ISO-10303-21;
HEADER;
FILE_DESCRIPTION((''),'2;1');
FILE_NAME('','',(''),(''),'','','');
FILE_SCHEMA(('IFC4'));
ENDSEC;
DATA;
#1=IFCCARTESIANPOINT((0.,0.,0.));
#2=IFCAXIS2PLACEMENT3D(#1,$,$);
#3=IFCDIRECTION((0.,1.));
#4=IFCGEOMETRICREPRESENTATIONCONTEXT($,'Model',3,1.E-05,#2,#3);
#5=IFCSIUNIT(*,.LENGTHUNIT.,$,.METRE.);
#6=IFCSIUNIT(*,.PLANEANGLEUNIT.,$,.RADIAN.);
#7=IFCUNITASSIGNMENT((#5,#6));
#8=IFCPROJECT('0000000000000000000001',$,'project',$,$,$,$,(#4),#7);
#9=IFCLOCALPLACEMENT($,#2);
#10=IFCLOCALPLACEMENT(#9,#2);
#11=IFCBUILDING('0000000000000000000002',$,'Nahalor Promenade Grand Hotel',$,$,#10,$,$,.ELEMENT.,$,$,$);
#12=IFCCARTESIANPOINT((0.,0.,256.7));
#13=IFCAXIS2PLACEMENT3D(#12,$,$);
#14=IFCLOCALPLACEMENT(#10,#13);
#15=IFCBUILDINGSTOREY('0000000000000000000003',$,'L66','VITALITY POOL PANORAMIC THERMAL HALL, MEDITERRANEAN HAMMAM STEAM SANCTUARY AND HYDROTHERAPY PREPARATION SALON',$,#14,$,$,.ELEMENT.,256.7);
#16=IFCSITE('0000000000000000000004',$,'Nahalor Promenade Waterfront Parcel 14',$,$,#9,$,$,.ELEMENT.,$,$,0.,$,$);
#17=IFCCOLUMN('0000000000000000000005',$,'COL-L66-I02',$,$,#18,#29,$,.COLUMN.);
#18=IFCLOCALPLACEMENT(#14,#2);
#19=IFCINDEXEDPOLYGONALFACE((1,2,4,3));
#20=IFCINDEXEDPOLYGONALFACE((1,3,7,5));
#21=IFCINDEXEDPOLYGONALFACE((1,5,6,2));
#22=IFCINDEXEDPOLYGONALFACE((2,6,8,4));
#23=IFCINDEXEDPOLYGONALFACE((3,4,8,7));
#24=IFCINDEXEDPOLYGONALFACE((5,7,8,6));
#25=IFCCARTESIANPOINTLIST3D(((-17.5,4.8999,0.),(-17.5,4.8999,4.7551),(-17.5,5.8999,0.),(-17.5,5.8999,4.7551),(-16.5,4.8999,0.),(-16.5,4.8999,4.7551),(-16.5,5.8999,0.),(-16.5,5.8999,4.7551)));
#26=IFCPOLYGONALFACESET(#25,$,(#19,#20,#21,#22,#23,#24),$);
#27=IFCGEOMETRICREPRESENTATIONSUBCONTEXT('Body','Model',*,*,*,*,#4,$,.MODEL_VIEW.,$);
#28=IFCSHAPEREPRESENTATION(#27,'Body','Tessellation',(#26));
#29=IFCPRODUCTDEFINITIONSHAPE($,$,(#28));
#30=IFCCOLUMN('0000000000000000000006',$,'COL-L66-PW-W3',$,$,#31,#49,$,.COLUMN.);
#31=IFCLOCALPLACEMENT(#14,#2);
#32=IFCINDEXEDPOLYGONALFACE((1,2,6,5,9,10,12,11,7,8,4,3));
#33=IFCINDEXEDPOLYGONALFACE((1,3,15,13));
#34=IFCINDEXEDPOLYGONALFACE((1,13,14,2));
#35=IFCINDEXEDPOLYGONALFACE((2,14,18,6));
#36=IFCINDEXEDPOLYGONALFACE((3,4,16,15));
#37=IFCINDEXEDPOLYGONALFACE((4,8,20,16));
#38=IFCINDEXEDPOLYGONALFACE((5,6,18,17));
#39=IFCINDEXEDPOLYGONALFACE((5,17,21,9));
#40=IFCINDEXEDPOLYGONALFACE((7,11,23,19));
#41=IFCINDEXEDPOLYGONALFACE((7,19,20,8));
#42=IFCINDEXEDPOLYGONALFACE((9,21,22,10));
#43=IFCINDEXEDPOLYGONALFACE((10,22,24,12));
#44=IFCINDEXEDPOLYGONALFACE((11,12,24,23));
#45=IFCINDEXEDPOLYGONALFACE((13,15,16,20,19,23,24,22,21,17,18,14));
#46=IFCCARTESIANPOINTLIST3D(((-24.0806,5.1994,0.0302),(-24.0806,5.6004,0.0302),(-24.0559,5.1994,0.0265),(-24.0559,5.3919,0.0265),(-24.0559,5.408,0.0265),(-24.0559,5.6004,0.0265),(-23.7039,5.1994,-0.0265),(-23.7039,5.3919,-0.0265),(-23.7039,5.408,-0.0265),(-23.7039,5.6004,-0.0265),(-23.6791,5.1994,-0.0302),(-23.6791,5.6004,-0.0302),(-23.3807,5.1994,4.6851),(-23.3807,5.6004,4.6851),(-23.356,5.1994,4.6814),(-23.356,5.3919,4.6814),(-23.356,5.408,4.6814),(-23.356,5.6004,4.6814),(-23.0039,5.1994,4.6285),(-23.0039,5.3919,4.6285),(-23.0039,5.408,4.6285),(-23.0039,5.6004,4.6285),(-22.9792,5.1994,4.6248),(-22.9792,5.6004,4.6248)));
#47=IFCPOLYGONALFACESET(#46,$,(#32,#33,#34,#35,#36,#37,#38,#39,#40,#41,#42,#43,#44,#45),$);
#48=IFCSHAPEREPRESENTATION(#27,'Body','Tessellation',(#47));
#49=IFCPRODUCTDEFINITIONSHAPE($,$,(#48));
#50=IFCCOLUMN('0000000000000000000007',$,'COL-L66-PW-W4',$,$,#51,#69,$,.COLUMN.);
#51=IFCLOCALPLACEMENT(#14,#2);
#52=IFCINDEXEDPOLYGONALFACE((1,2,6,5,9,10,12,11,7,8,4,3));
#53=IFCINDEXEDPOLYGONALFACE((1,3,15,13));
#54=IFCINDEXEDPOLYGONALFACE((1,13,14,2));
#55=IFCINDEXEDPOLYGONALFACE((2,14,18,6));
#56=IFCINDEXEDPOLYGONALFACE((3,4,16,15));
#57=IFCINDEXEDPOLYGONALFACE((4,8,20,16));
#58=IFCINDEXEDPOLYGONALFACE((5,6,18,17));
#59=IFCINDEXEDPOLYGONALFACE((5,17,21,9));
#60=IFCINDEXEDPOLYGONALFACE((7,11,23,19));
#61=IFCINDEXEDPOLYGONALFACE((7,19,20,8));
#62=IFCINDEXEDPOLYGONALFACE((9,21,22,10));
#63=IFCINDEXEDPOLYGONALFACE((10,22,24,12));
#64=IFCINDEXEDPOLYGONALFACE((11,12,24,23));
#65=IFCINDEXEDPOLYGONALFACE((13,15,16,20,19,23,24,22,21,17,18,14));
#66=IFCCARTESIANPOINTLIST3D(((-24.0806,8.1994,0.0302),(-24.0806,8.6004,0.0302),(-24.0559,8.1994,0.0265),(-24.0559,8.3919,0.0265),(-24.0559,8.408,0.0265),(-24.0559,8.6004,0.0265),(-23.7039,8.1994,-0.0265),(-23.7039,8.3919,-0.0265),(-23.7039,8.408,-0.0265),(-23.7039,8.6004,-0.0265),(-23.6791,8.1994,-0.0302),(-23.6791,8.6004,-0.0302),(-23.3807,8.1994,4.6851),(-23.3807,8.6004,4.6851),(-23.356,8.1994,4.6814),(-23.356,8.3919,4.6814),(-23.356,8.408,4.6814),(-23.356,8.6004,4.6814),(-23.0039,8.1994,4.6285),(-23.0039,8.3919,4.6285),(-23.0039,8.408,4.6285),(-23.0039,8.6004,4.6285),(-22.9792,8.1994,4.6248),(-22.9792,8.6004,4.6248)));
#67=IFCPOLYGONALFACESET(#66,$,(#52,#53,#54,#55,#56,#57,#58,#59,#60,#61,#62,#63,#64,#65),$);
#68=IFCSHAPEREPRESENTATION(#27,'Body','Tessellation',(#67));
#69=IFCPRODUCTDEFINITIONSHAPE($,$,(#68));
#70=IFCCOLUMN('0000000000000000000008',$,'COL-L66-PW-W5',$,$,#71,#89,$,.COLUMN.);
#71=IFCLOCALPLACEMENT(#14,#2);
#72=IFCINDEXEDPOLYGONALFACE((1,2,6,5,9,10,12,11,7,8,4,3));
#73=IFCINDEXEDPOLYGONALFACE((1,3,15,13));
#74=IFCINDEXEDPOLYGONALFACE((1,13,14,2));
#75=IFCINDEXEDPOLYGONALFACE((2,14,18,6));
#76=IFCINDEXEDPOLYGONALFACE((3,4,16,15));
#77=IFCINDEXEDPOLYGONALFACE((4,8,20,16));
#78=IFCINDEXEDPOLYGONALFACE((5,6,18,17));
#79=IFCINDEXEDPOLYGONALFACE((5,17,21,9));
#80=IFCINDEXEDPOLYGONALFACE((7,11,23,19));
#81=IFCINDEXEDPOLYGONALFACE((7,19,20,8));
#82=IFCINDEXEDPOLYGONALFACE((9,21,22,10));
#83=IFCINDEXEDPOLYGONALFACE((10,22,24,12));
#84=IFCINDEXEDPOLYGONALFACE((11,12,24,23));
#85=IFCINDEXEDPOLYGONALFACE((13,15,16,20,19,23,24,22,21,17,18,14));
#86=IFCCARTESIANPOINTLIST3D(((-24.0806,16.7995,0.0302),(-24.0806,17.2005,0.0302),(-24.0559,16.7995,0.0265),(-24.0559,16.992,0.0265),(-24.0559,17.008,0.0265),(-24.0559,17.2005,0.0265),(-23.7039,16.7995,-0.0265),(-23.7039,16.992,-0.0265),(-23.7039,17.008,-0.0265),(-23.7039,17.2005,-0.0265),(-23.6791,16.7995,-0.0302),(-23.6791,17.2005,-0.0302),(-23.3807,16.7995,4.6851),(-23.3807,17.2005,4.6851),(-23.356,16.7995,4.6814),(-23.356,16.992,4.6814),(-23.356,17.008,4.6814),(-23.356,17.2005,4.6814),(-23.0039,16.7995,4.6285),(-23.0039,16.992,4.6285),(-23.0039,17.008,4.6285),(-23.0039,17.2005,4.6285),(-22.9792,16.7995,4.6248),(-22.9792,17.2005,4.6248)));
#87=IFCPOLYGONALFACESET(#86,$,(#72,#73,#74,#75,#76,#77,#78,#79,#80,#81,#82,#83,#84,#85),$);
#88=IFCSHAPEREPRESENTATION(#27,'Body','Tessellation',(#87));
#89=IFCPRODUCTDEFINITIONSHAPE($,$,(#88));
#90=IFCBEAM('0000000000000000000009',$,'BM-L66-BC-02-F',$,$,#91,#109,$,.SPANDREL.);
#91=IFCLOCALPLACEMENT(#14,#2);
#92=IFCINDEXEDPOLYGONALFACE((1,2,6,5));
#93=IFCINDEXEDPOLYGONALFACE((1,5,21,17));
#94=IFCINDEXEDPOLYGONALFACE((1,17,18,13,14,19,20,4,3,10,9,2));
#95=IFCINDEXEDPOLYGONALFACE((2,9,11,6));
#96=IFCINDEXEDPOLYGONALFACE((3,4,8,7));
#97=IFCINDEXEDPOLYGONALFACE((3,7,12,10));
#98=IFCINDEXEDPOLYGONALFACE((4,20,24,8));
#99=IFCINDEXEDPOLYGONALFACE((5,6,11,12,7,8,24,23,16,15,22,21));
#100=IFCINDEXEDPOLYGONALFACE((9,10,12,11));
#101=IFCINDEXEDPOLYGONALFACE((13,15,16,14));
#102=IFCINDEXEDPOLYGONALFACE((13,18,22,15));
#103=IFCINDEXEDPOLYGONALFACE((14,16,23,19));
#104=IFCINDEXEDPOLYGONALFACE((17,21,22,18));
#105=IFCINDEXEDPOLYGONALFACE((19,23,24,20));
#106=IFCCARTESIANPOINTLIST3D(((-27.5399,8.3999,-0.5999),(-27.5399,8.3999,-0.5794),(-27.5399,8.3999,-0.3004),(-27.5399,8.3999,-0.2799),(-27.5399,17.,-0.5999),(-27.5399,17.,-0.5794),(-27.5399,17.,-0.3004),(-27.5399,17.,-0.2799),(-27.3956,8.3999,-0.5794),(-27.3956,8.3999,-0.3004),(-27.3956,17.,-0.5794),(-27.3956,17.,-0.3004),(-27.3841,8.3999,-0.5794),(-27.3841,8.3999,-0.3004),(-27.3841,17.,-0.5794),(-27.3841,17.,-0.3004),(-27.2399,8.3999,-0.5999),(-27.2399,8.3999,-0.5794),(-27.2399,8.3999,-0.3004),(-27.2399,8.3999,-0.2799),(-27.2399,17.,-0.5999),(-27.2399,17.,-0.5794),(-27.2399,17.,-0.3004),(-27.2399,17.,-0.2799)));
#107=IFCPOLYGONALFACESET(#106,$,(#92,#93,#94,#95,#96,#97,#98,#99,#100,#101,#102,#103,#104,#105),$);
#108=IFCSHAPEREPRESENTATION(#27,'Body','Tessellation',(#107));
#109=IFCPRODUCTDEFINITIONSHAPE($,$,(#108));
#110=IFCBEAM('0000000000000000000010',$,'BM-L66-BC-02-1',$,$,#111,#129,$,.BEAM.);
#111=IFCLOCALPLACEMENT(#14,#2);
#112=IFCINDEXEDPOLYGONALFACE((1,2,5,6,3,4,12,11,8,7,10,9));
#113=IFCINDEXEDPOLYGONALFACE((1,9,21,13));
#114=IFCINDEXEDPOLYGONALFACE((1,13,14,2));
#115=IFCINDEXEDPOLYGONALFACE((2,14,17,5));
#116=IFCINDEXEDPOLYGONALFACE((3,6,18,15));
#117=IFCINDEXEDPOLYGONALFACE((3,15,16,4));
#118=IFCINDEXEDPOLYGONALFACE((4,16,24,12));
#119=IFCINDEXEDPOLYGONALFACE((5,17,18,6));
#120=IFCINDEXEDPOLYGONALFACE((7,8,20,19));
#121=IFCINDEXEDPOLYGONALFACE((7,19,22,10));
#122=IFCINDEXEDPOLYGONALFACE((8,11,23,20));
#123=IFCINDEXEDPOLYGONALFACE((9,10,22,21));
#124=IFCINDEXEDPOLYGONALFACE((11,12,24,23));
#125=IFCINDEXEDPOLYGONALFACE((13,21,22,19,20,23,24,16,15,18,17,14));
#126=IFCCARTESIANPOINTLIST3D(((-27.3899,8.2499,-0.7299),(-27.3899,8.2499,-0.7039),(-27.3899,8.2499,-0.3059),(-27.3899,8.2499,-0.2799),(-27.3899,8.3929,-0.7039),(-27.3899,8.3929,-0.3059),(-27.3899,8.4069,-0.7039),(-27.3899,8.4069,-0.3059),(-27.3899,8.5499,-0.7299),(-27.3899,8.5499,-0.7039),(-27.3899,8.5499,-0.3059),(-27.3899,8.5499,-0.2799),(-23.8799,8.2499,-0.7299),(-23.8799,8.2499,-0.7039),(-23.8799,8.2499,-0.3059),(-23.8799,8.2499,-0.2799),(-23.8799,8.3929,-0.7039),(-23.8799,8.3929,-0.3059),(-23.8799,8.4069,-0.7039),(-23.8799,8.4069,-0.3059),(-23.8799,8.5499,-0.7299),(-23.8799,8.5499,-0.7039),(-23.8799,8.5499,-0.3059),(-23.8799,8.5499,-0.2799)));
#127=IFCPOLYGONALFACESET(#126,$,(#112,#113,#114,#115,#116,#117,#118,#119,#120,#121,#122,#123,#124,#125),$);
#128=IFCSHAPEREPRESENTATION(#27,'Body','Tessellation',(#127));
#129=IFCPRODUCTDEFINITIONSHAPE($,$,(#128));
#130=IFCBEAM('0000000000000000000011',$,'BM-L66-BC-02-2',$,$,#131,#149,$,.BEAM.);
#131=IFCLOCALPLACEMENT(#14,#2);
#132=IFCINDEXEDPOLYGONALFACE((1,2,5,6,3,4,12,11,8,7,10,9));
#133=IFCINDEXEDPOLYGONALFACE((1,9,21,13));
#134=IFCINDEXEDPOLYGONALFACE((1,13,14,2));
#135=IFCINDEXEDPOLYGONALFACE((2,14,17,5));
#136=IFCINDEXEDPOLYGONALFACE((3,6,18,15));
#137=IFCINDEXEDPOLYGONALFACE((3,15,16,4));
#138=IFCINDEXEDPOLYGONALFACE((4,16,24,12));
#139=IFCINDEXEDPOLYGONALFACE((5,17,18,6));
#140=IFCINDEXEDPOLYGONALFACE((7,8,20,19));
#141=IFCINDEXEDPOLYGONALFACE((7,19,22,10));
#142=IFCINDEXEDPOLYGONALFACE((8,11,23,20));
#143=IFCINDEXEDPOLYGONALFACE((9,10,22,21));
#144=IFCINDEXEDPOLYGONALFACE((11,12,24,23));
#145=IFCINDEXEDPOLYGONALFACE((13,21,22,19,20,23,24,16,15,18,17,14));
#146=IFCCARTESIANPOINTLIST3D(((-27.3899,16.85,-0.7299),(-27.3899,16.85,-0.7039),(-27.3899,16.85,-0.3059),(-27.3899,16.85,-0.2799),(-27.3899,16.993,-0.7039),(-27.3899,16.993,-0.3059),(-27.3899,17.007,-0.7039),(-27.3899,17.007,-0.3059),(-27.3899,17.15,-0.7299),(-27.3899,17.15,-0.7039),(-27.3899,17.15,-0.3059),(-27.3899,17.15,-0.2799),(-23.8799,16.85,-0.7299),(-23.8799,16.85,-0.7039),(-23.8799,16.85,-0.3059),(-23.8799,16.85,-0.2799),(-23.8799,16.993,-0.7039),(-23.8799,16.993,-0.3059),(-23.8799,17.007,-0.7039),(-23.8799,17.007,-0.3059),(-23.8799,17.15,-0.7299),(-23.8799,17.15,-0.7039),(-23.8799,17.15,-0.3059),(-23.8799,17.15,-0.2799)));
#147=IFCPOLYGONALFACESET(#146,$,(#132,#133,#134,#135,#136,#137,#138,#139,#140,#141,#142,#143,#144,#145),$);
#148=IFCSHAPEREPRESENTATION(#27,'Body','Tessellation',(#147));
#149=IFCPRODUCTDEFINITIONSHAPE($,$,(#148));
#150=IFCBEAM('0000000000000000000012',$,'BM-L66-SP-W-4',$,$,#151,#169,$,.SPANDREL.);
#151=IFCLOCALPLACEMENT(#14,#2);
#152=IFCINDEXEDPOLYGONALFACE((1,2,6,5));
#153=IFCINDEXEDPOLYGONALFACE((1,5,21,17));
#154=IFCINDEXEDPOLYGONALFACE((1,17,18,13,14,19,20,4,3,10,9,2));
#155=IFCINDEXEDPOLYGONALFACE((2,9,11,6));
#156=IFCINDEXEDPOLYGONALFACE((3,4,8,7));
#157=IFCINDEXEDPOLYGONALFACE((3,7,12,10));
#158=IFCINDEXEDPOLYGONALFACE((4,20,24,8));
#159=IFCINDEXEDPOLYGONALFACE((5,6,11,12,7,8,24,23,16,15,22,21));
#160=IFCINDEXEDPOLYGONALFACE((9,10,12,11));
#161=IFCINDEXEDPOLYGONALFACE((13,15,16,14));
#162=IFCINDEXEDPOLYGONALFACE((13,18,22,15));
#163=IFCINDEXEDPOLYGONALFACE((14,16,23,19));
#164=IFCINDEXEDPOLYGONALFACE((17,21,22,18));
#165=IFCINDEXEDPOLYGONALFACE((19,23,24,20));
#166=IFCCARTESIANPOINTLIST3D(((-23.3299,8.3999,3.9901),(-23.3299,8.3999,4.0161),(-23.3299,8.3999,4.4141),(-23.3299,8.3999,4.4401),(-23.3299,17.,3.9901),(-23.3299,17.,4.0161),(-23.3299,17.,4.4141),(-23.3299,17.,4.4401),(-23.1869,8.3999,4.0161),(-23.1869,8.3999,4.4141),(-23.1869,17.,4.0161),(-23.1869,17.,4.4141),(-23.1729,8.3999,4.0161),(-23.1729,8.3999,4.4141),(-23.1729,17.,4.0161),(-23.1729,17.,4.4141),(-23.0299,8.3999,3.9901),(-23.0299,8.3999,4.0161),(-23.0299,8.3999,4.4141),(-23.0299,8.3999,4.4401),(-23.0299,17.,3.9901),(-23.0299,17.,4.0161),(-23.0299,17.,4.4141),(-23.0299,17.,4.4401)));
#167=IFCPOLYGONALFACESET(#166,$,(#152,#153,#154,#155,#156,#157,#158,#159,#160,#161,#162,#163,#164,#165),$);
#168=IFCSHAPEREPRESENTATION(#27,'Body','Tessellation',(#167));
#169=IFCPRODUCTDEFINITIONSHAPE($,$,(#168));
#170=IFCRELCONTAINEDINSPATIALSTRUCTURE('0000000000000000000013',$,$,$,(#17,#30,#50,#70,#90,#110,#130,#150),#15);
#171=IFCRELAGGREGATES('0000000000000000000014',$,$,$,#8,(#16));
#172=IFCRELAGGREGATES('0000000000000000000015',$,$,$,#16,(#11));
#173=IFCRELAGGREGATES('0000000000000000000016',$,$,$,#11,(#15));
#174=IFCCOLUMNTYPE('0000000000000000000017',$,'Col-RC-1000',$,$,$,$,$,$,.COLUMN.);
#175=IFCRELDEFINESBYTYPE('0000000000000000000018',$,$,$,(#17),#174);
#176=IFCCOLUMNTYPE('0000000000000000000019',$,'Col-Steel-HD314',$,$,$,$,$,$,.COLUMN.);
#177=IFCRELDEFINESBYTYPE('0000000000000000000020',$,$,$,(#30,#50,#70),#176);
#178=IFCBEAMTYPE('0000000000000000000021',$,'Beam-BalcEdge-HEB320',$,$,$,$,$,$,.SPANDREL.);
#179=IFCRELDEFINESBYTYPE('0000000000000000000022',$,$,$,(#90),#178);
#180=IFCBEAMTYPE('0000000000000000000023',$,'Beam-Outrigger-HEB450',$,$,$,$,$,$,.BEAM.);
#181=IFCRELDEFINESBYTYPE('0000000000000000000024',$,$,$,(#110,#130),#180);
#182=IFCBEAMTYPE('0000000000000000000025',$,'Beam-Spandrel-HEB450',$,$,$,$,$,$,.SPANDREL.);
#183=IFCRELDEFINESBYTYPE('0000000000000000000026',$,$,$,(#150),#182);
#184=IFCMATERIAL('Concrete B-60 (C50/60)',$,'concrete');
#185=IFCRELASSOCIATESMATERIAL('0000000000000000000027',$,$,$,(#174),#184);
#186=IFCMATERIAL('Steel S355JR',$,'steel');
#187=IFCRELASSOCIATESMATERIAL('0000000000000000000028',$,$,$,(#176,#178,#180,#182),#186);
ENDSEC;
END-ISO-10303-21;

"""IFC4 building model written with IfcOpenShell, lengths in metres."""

from ifc_helpers import new_model, si_unit, direction, frame, origin, origin_2d, place, context, subcontext, project, spatial, rectangle, i_section, extrude, source, transform, mapped, material, material_profile, profile_set, type_object, element, save


model = new_model("IFC4")

# Units and contexts
model_context = context("Model", 3, precision=1e-05, world=origin(), true_north=direction((0.0, 1.0)))
body_context = subcontext(model_context, "Body", "Model", "MODEL_VIEW")
ifc_project = project(units=[si_unit("LENGTHUNIT", "METRE"), si_unit("PLANEANGLEUNIT", "RADIAN")], contexts=[model_context])

# Site, building, storey
site_placement = place(None, origin())
site = spatial("IfcSite", under=ifc_project, at=site_placement, Name="Nahalor Promenade Waterfront Parcel 14", CompositionType="ELEMENT", RefElevation=0.0)
building_placement = place(site_placement, origin())
building = spatial("IfcBuilding", under=site, at=building_placement, Name="Nahalor Promenade Grand Hotel", CompositionType="ELEMENT")
storey_placement = place(building_placement, frame((0.0, 0.0, 256.7)))
storey = spatial("IfcBuildingStorey", under=building, at=storey_placement, Name="L66", Description="VITALITY POOL PANORAMIC THERMAL HALL, MEDITERRANEAN HAMMAM STEAM SANCTUARY AND HYDROTHERAPY PREPARATION SALON", CompositionType="ELEMENT", Elevation=256.7)

# Columns
ifc_material_1 = material(Name="Concrete B-60 (C50/60)", Category="concrete")
ifc_material_profile_1 = material_profile(ifc_material_1, rectangle(XDim=1.0, YDim=1.0, at=origin_2d()), Name="RC 1000x1000")
ifc_profile_set_1 = profile_set([ifc_material_profile_1], Name="Concrete B-60 (C50/60)")
column_type_1 = type_object("IfcColumnType", Name="Col-RC-1000", PredefinedType="COLUMN", material=ifc_profile_set_1)
shared_shape_1 = source(origin(), body_context, "Body", "SweptSolid", [
    extrude(rectangle(XDim=1.0, YDim=1.0, at=origin_2d()), origin(), (0.0, 0.0, 1.0), 4.7551),
])
column_placement = place(storey_placement, frame((-17.0, 5.3999, 0.0), z_axis=(0.0, 0.0, 1.0), x_axis=(1.0, 0.0, 0.0)))
element("IfcColumn", 1, at=column_placement, inside=storey, type_object=column_type_1, Name="COL-L66-I02", PredefinedType="COLUMN", context=body_context, shape_type="MappedRepresentation", body=[
    mapped(shared_shape_1, transform((0.0, 0.0, 0.0), scale=1.0)),
])
ifc_material_2 = material(Name="Steel S355JR", Category="steel")
ifc_material_profile_2 = material_profile(ifc_material_2, i_section(OverallWidth=0.401, OverallDepth=0.406, WebThickness=0.0161, FlangeThickness=0.025, at=origin_2d()), Name="HD 400x314")
ifc_profile_set_2 = profile_set([ifc_material_profile_2], Name="Steel S355JR")
column_type_2 = type_object("IfcColumnType", Name="Col-Steel-HD314", PredefinedType="COLUMN", material=ifc_profile_set_2)
shared_shape_2 = source(origin(), body_context, "Body", "SweptSolid", [
    extrude(i_section(OverallWidth=0.401, OverallDepth=0.406, WebThickness=0.0161, FlangeThickness=0.025, at=origin_2d()), origin(), (0.0, 0.0, 1.0), 4.7073),
])
for number, where, z_axis, x_axis, name in (
    (2, (-23.8799, 5.3999, 0.0), (0.148693, 0.0, 0.988883), (0.0, 1.0, 0.0), "COL-L66-PW-W3"),
    (3, (-23.8799, 8.3999, 0.0), (0.148693, 0.0, 0.988883), (0.0, 1.0, 0.0), "COL-L66-PW-W4"),
    (4, (-23.8799, 17.0, 0.0), (0.148693, 0.0, 0.988883), (0.0, 1.0, 0.0), "COL-L66-PW-W5"),
):
    element("IfcColumn", number, at=place(storey_placement, frame(where, z_axis=z_axis, x_axis=x_axis)), inside=storey, type_object=column_type_2, Name=name, PredefinedType="COLUMN", context=body_context, shape_type="MappedRepresentation", body=[
        mapped(shared_shape_2, transform((0.0, 0.0, 0.0), scale=1.0)),
    ])

# Beams
ifc_material_profile_3 = material_profile(ifc_material_2, i_section(OverallWidth=0.3, OverallDepth=0.32, WebThickness=0.0115, FlangeThickness=0.0205, at=origin_2d()), Name="HEB 320")
ifc_profile_set_3 = profile_set([ifc_material_profile_3], Name="Steel S355JR")
beam_type_1 = type_object("IfcBeamType", Name="Beam-BalcEdge-HEB320", PredefinedType="SPANDREL", material=ifc_profile_set_3)
shared_shape_3 = source(origin(), body_context, "Body", "SweptSolid", [
    extrude(i_section(OverallWidth=0.3, OverallDepth=0.32, WebThickness=0.0115, FlangeThickness=0.0205, at=origin_2d()), origin(), (0.0, 0.0, 1.0), 8.6001),
])
beam_1_placement = place(storey_placement, frame((-27.3899, 8.3999, -0.4399), z_axis=(0.0, 1.0, 0.0), x_axis=(-1.0, 0.0, 0.0)))
element("IfcBeam", 5, at=beam_1_placement, inside=storey, type_object=beam_type_1, Name="BM-L66-BC-02-F", PredefinedType="SPANDREL", context=body_context, shape_type="MappedRepresentation", body=[
    mapped(shared_shape_3, transform((0.0, 0.0, 0.0), scale=1.0)),
])
ifc_material_profile_4 = material_profile(ifc_material_2, i_section(OverallWidth=0.3, OverallDepth=0.45, WebThickness=0.014, FlangeThickness=0.026, at=origin_2d()), Name="HEB 450")
ifc_profile_set_4 = profile_set([ifc_material_profile_4], Name="Steel S355JR")
beam_type_2 = type_object("IfcBeamType", Name="Beam-Outrigger-HEB450", PredefinedType="BEAM", material=ifc_profile_set_4)
shared_shape_4 = source(origin(), body_context, "Body", "SweptSolid", [
    extrude(i_section(OverallWidth=0.3, OverallDepth=0.45, WebThickness=0.014, FlangeThickness=0.026, at=origin_2d()), origin(), (0.0, 0.0, 1.0), 3.51),
])
for number, where, z_axis, x_axis, name in (
    (6, (-27.3899, 8.3999, -0.5049), (1.0, 0.0, 0.0), (0.0, 1.0, 0.0), "BM-L66-BC-02-1"),
    (7, (-27.3899, 17.0, -0.5049), (1.0, 0.0, 0.0), (0.0, 1.0, 0.0), "BM-L66-BC-02-2"),
):
    element("IfcBeam", number, at=place(storey_placement, frame(where, z_axis=z_axis, x_axis=x_axis)), inside=storey, type_object=beam_type_2, Name=name, PredefinedType="BEAM", context=body_context, shape_type="MappedRepresentation", body=[
        mapped(shared_shape_4, transform((0.0, 0.0, 0.0), scale=1.0)),
    ])
ifc_material_profile_5 = material_profile(ifc_material_2, i_section(OverallWidth=0.3, OverallDepth=0.45, WebThickness=0.014, FlangeThickness=0.026, at=origin_2d()), Name="HEB 450")
ifc_profile_set_5 = profile_set([ifc_material_profile_5], Name="Steel S355JR")
beam_type_3 = type_object("IfcBeamType", Name="Beam-Spandrel-HEB450", PredefinedType="SPANDREL", material=ifc_profile_set_5)
shared_shape_5 = source(origin(), body_context, "Body", "SweptSolid", [
    extrude(i_section(OverallWidth=0.3, OverallDepth=0.45, WebThickness=0.014, FlangeThickness=0.026, at=origin_2d()), origin(), (0.0, 0.0, 1.0), 8.6001),
])
beam_2_placement = place(storey_placement, frame((-23.1799, 8.3999, 4.2151), z_axis=(0.0, 1.0, 0.0), x_axis=(-1.0, 0.0, 0.0)))
element("IfcBeam", 8, at=beam_2_placement, inside=storey, type_object=beam_type_3, Name="BM-L66-SP-W-4", PredefinedType="SPANDREL", context=body_context, shape_type="MappedRepresentation", body=[
    mapped(shared_shape_5, transform((0.0, 0.0, 0.0), scale=1.0)),
])

save(model, "model.ifc")
